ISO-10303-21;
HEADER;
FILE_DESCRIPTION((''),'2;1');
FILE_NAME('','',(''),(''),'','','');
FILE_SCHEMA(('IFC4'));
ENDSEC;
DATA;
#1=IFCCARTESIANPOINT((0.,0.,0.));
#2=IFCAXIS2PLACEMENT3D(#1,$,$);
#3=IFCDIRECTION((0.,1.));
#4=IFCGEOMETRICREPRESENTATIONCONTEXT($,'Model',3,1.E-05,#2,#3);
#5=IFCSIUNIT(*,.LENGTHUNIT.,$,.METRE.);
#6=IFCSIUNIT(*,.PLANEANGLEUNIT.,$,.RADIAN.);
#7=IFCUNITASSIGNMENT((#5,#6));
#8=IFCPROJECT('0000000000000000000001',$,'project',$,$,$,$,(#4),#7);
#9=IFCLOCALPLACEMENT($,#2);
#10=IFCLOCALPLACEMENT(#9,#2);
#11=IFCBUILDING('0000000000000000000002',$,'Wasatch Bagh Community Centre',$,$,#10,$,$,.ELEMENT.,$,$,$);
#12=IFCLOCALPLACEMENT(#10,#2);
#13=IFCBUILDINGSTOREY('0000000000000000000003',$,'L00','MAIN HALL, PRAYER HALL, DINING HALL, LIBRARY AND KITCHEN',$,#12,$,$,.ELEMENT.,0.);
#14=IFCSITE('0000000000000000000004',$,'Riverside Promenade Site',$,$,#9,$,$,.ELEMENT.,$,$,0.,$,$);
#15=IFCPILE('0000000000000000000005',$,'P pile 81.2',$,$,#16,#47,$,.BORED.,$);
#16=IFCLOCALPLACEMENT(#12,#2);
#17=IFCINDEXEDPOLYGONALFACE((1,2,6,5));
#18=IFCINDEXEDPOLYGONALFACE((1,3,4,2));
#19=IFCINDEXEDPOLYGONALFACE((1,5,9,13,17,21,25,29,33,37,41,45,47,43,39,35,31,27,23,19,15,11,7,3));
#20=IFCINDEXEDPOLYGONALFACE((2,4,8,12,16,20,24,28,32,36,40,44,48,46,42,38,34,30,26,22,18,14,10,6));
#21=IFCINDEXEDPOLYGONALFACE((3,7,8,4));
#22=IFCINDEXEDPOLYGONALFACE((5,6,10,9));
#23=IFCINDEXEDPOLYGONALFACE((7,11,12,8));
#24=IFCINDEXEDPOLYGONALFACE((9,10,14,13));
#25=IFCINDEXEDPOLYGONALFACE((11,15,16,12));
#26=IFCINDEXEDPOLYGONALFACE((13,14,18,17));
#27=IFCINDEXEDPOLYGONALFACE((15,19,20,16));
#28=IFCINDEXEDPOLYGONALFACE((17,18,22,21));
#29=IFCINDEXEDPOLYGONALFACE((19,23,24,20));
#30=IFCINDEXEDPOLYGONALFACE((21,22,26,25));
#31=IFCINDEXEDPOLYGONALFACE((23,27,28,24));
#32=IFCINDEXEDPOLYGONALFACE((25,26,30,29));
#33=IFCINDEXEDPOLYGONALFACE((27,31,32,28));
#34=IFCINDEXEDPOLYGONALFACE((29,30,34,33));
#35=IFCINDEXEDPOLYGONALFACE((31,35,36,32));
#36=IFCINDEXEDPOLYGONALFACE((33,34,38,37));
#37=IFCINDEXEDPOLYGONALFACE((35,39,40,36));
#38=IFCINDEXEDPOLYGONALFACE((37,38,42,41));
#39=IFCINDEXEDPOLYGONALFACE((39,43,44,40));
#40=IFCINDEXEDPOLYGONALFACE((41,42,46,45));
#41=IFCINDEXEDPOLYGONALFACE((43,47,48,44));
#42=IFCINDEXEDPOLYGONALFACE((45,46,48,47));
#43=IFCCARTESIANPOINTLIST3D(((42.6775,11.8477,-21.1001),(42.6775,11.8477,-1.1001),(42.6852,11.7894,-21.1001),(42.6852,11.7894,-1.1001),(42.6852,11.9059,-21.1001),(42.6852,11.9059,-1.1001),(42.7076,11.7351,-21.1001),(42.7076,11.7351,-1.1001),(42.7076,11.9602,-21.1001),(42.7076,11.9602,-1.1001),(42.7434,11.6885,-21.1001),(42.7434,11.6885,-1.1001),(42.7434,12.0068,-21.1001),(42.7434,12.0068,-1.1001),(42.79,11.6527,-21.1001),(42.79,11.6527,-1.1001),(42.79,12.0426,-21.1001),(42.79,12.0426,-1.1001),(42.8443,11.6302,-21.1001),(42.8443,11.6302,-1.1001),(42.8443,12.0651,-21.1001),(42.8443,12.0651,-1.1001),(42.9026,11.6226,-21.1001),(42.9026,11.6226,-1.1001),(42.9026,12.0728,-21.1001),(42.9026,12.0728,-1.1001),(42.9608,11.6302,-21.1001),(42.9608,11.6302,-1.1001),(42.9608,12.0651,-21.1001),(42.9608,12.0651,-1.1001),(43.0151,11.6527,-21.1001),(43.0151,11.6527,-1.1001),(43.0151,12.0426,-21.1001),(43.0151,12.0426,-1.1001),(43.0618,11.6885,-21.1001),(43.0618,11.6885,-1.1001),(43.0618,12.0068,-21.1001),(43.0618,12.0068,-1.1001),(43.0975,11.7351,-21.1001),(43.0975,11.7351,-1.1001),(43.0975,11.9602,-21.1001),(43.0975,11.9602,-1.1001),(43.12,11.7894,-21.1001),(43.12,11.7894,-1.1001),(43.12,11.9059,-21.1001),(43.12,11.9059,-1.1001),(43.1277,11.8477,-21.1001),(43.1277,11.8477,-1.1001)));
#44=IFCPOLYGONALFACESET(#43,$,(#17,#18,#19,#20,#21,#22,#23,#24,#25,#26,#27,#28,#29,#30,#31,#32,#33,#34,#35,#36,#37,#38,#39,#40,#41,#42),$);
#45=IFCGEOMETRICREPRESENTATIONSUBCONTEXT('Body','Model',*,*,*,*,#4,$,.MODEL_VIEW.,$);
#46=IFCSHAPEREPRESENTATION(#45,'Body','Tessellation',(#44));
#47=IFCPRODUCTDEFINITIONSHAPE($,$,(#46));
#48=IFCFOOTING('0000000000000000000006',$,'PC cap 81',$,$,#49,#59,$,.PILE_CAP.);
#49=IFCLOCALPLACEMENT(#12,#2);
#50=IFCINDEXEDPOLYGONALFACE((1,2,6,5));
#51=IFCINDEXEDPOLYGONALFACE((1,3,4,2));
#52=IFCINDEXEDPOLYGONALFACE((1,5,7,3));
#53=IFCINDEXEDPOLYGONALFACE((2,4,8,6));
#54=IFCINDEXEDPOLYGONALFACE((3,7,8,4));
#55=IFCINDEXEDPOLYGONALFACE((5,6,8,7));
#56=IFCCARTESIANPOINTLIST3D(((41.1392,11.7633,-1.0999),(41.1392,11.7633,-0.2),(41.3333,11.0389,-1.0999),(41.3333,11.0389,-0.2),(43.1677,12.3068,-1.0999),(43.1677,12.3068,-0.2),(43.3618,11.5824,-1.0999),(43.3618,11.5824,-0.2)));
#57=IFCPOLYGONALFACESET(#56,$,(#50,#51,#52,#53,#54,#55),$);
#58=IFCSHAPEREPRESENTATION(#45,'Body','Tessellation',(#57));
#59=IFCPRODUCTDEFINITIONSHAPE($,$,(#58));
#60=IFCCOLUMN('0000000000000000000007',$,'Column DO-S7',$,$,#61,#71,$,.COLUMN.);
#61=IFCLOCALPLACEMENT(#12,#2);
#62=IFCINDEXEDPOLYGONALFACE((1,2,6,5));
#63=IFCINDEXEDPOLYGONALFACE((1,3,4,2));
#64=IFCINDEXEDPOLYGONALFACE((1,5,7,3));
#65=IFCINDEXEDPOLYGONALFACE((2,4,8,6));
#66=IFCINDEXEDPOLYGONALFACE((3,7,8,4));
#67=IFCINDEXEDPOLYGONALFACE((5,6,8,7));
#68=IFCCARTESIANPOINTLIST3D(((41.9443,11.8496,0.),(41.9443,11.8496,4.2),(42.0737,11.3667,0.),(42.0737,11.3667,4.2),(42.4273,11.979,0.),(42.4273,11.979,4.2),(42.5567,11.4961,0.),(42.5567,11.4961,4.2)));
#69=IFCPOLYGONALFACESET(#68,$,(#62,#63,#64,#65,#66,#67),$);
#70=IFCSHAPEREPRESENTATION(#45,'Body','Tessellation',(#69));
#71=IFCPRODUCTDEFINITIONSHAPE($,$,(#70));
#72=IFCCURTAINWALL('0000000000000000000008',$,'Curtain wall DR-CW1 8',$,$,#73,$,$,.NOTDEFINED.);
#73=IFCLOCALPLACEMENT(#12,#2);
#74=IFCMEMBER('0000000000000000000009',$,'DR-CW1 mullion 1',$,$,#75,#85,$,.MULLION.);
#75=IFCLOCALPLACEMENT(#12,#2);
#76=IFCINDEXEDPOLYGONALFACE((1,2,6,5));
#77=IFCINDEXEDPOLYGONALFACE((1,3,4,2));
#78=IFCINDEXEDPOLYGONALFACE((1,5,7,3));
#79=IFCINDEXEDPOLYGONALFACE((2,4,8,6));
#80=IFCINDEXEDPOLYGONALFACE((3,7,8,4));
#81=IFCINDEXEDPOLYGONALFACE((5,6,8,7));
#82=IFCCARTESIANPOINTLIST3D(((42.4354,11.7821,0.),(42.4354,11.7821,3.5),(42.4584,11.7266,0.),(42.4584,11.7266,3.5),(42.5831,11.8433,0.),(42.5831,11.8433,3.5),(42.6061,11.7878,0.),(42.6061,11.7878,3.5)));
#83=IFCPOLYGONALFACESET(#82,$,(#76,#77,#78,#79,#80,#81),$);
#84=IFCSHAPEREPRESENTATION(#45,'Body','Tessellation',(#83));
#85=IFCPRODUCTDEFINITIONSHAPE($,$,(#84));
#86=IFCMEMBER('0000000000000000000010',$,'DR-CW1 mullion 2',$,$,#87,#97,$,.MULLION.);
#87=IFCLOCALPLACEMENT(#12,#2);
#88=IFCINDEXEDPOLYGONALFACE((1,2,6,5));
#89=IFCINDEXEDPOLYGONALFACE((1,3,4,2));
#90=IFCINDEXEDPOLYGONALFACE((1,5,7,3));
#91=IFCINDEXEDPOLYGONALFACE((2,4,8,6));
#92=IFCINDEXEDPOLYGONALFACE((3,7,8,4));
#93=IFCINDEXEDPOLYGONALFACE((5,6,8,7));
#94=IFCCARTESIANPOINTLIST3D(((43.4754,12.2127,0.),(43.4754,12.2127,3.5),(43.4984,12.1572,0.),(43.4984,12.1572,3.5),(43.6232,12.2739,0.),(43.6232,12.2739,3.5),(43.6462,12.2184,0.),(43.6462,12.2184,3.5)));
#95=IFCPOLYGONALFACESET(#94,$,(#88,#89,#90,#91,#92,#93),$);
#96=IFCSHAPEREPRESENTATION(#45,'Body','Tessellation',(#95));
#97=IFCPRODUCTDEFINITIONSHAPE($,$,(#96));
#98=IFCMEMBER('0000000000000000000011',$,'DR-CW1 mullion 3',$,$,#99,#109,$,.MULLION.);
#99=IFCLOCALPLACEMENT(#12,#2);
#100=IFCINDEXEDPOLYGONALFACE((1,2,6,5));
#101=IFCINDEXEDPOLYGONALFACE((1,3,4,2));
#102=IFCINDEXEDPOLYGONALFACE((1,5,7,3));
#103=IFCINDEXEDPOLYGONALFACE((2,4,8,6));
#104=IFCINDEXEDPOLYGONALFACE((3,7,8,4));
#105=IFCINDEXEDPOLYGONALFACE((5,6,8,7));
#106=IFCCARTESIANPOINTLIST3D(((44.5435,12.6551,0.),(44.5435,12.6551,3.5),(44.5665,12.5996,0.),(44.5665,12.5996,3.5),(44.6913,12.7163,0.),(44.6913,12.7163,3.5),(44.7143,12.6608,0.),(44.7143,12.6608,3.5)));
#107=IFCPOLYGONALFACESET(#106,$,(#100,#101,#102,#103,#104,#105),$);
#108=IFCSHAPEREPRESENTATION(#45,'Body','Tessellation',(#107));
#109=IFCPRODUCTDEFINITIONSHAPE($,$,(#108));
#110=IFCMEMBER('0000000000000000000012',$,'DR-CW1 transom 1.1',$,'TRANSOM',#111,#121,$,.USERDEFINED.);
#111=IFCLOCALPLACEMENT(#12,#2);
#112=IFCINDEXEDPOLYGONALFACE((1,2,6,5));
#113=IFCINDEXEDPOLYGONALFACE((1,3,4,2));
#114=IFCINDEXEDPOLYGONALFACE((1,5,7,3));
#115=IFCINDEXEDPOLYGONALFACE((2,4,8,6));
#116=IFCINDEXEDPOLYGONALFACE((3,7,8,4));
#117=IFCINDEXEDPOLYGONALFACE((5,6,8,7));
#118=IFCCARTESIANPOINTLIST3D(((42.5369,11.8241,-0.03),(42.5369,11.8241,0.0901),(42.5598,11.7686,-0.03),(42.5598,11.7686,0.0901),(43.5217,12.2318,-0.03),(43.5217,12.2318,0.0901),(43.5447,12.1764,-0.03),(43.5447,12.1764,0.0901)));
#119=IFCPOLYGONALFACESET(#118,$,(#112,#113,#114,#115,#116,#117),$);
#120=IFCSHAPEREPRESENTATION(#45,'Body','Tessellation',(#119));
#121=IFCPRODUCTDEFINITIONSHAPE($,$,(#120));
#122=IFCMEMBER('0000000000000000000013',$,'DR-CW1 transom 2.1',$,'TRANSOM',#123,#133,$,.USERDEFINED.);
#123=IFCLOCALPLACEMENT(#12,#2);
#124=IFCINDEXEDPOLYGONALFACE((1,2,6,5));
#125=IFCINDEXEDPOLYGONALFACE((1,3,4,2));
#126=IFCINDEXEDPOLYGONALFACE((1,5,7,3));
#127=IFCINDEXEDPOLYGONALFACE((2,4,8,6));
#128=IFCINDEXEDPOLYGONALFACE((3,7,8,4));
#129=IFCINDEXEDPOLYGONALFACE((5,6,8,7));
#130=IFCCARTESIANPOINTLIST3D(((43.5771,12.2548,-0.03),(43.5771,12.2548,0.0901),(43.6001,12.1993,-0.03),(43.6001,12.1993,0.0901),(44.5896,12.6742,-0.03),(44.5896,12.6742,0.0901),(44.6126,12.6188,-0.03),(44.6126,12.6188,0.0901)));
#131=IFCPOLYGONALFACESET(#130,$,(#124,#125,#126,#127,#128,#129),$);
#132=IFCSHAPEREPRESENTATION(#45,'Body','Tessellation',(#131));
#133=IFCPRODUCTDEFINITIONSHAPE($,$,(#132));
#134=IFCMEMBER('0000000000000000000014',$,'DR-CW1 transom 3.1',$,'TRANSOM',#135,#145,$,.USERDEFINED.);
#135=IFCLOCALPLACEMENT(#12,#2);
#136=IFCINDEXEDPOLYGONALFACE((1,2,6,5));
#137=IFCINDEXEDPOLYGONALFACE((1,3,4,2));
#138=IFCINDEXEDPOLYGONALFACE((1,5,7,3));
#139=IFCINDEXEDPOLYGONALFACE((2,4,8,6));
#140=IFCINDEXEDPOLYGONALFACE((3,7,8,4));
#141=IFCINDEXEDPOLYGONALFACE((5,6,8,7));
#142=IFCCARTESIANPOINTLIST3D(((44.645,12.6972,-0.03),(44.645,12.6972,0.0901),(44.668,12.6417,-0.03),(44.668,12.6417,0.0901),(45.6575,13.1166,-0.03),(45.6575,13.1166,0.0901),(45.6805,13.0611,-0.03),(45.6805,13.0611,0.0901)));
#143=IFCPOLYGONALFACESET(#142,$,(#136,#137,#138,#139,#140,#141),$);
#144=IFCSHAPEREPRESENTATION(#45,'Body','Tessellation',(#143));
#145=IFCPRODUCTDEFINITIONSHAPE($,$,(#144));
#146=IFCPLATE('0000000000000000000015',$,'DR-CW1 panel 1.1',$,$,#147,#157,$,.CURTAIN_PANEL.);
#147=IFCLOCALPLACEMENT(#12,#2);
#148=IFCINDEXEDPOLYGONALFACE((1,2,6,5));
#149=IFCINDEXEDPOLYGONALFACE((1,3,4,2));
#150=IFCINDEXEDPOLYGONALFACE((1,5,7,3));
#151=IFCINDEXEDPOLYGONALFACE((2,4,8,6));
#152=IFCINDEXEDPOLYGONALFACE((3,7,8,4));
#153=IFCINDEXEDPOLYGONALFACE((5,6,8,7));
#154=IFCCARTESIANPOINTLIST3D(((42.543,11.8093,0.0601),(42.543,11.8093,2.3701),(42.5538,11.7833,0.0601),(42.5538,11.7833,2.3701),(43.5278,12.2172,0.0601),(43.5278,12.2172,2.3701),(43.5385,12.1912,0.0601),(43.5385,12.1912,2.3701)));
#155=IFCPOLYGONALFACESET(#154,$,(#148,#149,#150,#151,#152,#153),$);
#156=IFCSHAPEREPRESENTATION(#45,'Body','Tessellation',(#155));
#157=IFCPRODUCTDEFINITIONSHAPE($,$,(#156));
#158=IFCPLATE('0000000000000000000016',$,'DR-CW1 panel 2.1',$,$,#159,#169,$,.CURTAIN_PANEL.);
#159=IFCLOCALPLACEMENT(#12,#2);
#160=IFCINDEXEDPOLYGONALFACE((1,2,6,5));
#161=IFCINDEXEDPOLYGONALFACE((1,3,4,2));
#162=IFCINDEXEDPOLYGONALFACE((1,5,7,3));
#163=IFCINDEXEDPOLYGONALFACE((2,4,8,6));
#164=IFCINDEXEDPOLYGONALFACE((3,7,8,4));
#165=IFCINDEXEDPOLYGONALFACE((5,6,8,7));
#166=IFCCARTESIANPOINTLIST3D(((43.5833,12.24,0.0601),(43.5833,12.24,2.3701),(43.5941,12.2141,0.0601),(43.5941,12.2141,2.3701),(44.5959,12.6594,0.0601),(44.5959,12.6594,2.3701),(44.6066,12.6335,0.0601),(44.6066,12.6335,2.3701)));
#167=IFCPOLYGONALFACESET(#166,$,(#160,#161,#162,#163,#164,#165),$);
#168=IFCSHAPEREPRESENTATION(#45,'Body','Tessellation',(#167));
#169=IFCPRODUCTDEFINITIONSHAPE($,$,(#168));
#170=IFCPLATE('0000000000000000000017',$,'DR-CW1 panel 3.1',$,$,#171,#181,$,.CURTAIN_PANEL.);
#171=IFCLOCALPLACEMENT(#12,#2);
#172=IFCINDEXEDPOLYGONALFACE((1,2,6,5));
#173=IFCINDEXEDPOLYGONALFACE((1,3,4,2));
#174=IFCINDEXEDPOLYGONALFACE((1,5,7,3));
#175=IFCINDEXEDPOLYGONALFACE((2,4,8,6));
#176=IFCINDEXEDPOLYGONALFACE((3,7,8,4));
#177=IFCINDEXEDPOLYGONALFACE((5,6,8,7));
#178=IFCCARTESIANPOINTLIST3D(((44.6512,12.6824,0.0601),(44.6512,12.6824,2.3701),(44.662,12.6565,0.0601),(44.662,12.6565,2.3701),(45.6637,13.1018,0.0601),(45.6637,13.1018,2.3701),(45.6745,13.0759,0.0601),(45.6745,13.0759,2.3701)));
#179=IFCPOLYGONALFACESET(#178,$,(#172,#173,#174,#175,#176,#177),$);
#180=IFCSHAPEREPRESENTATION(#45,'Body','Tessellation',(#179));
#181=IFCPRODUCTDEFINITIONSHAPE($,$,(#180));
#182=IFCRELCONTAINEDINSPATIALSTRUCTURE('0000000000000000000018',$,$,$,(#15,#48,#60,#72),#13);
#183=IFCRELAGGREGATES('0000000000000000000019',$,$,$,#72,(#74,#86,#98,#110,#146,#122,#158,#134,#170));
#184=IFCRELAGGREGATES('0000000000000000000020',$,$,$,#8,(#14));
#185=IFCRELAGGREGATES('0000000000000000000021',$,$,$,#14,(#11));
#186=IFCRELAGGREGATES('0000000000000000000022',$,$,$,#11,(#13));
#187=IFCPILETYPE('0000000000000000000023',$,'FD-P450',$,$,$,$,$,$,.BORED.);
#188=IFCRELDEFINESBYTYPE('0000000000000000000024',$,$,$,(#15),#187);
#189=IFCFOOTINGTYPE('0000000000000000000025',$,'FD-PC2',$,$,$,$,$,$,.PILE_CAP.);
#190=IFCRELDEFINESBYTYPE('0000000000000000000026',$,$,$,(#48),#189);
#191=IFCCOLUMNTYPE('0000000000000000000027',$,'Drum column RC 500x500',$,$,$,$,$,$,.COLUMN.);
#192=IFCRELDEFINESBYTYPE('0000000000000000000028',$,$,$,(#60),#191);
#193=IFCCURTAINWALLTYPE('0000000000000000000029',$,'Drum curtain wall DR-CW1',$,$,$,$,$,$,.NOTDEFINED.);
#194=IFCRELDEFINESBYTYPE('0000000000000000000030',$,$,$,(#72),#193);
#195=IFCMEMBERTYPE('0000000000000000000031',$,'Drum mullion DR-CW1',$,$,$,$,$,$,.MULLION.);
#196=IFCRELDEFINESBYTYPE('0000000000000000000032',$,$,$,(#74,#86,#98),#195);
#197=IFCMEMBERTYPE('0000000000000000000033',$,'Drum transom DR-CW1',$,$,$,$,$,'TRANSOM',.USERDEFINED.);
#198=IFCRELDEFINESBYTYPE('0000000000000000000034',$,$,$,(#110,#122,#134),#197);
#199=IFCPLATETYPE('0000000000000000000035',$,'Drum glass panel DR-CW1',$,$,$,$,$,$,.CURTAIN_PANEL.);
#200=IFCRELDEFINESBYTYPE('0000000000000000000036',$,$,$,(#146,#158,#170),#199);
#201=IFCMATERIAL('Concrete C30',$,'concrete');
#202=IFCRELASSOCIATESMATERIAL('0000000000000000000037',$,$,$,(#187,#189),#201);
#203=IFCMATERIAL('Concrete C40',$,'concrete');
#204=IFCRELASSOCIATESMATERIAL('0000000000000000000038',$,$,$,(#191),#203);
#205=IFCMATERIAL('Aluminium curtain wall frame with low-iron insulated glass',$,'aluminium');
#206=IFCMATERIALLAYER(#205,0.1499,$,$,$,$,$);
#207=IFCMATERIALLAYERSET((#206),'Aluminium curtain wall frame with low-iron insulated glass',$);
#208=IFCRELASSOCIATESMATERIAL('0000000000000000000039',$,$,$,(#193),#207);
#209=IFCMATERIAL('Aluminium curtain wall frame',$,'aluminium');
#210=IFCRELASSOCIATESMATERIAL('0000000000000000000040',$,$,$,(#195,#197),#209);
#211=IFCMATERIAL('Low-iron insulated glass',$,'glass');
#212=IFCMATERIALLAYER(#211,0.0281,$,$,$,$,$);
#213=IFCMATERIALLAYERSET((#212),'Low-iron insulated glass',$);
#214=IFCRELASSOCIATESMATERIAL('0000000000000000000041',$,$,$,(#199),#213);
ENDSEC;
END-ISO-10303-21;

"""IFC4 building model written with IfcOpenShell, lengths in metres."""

from ifc_helpers import new_model, si_unit, direction, frame, origin, origin_2d, place, context, subcontext, project, spatial, rectangle, circle, extrude, material, layer, layer_set, material_profile, profile_set, type_object, element, aggregate, save


model = new_model("IFC4")

# Units and contexts
model_context = context("Model", 3, precision=1e-05, world=origin(), true_north=direction((0.0, 1.0)))
body_context = subcontext(model_context, "Body", "Model", "MODEL_VIEW")
ifc_project = project(units=[si_unit("LENGTHUNIT", "METRE"), si_unit("PLANEANGLEUNIT", "RADIAN")], contexts=[model_context])

# Site, building, storey
site_placement = place(None, origin())
site = spatial("IfcSite", under=ifc_project, at=site_placement, Name="Riverside Promenade Site", CompositionType="ELEMENT", RefElevation=0.0)
building_placement = place(site_placement, origin())
building = spatial("IfcBuilding", under=site, at=building_placement, Name="Wasatch Bagh Community Centre", CompositionType="ELEMENT")
storey_placement = place(building_placement, origin())
storey = spatial("IfcBuildingStorey", under=building, at=storey_placement, Name="L00", Description="MAIN HALL, PRAYER HALL, DINING HALL, LIBRARY AND KITCHEN", CompositionType="ELEMENT", Elevation=0.0)

# Pile
ifc_material_1 = material(Name="Concrete C30", Category="concrete")
ifc_material_profile_1 = material_profile(ifc_material_1, circle(Radius=0.2251, at=origin_2d()), Name="RC D450")
ifc_profile_set_1 = profile_set([ifc_material_profile_1], Name="Concrete C30")
pile_type = type_object("IfcPileType", Name="FD-P450", PredefinedType="BORED", material=ifc_profile_set_1)
pile_placement = place(storey_placement, frame((42.9026, 11.8477, -1.1001), z_axis=(0.0, 0.0, -1.0), x_axis=(1.0, 0.0, 0.0)))
element("IfcPile", 1, at=pile_placement, inside=storey, type_object=pile_type, Name="P pile 81.2", PredefinedType="BORED", context=body_context, shape_type="SweptSolid", body=[
    extrude(circle(Radius=0.2251, at=origin_2d()), origin(), (0.0, 0.0, 1.0), 20.0),
])

# Footing
footing_type = type_object("IfcFootingType", Name="FD-PC2", PredefinedType="PILE_CAP", material=ifc_material_1)
footing_placement = place(storey_placement, frame((42.2505, 11.6729, -1.0999), z_axis=(0.0, 0.0, 1.0), x_axis=(0.965926, 0.258819, 0.0)))
element("IfcFooting", 2, at=footing_placement, inside=storey, type_object=footing_type, Name="PC cap 81", PredefinedType="PILE_CAP", context=body_context, shape_type="SweptSolid", body=[
    extrude(rectangle(XDim=2.1001, YDim=0.75, at=origin_2d()), origin(), (0.0, 0.0, 1.0), 0.8999),
])

# Column
ifc_material_2 = material(Name="Concrete C40", Category="concrete")
ifc_material_profile_2 = material_profile(ifc_material_2, rectangle(XDim=0.5, YDim=0.5, at=origin_2d()), Name="RC 500x500")
ifc_profile_set_2 = profile_set([ifc_material_profile_2], Name="Concrete C40")
column_type = type_object("IfcColumnType", Name="Drum column RC 500x500", PredefinedType="COLUMN", material=ifc_profile_set_2)
column_placement = place(storey_placement, frame((42.2505, 11.6729, 0.0), z_axis=(0.0, 0.0, 1.0), x_axis=(0.965926, 0.258819, 0.0)))
element("IfcColumn", 3, at=column_placement, inside=storey, type_object=column_type, Name="Column DO-S7", PredefinedType="COLUMN", context=body_context, shape_type="SweptSolid", body=[
    extrude(rectangle(XDim=0.5, YDim=0.5, at=origin_2d()), origin(), (0.0, 0.0, 1.0), 4.2),
])

# Curtain wall, members, plates
ifc_material_3 = material(Name="Aluminium curtain wall frame with low-iron insulated glass", Category="aluminium")
ifc_layer_1 = layer(ifc_material_3, 0.1499)
ifc_layer_set_1 = layer_set([ifc_layer_1], Name="Aluminium curtain wall frame with low-iron insulated glass")
curtain_wall_type = type_object("IfcCurtainWallType", Name="Drum curtain wall DR-CW1", PredefinedType="NOTDEFINED", material=ifc_layer_set_1)
curtain_wall_placement = place(storey_placement, origin())
curtain_wall = element("IfcCurtainWall", 4, at=curtain_wall_placement, inside=storey, type_object=curtain_wall_type, Name="Curtain wall DR-CW1 8", PredefinedType="NOTDEFINED")
ifc_material_4 = material(Name="Aluminium curtain wall frame", Category="aluminium")
ifc_material_profile_3 = material_profile(ifc_material_4, rectangle(XDim=0.0601, YDim=0.1599, at=origin_2d()), Name="Drum mullion DR-CW1")
ifc_profile_set_3 = profile_set([ifc_material_profile_3], Name="Aluminium curtain wall frame")
member_type_1 = type_object("IfcMemberType", Name="Drum mullion DR-CW1", PredefinedType="MULLION", material=ifc_profile_set_3)
member_1_placement = place(storey_placement, frame((42.5208, 11.7849, 0.0), z_axis=(0.0, 0.0, 1.0), x_axis=(-0.382683, 0.92388, 0.0)))
member_1 = element("IfcMember", 5, at=member_1_placement, type_object=member_type_1, Name="DR-CW1 mullion 1", PredefinedType="MULLION", context=body_context, shape_type="SweptSolid", body=[
    extrude(rectangle(XDim=0.0601, YDim=0.1599, at=origin_2d()), origin(), (0.0, 0.0, 1.0), 3.5),
])
member_2_placement = place(storey_placement, frame((43.5608, 12.2156, 0.0), z_axis=(0.0, 0.0, 1.0), x_axis=(-0.382683, 0.92388, 0.0)))
member_2 = element("IfcMember", 6, at=member_2_placement, type_object=member_type_1, Name="DR-CW1 mullion 2", PredefinedType="MULLION", context=body_context, shape_type="SweptSolid", body=[
    extrude(rectangle(XDim=0.0601, YDim=0.1599, at=origin_2d()), origin(), (0.0, 0.0, 1.0), 3.5),
])
member_3_placement = place(storey_placement, frame((44.6289, 12.658, 0.0), z_axis=(0.0, 0.0, 1.0), x_axis=(-0.382683, 0.92388, 0.0)))
member_3 = element("IfcMember", 7, at=member_3_placement, type_object=member_type_1, Name="DR-CW1 mullion 3", PredefinedType="MULLION", context=body_context, shape_type="SweptSolid", body=[
    extrude(rectangle(XDim=0.0601, YDim=0.1599, at=origin_2d()), origin(), (0.0, 0.0, 1.0), 3.5),
])
ifc_material_profile_4 = material_profile(ifc_material_4, rectangle(XDim=0.0601, YDim=0.1201, at=origin_2d()), Name="Drum transom DR-CW1")
ifc_profile_set_4 = profile_set([ifc_material_profile_4], Name="Aluminium curtain wall frame")
member_type_2 = type_object("IfcMemberType", Name="Drum transom DR-CW1", ElementType="TRANSOM", PredefinedType="USERDEFINED", material=ifc_profile_set_4)
member_4_placement = place(storey_placement, frame((42.5483, 11.7964, 0.03), z_axis=(0.923955, 0.3825, 0.0), x_axis=(-0.3825, 0.923955, 0.0)))
member_4 = element("IfcMember", 8, at=member_4_placement, type_object=member_type_2, Name="DR-CW1 transom 1.1", ObjectType="TRANSOM", PredefinedType="USERDEFINED", context=body_context, shape_type="SweptSolid", body=[
    extrude(rectangle(XDim=0.0601, YDim=0.1201, at=origin_2d()), origin(), (0.0, 0.0, 1.0), 1.0659),
])
member_5_placement = place(storey_placement, frame((43.5886, 12.2271, 0.03), z_axis=(0.923859, 0.382732, 0.0), x_axis=(-0.382732, 0.923859, 0.0)))
member_5 = element("IfcMember", 9, at=member_5_placement, type_object=member_type_2, Name="DR-CW1 transom 2.1", ObjectType="TRANSOM", PredefinedType="USERDEFINED", context=body_context, shape_type="SweptSolid", body=[
    extrude(rectangle(XDim=0.0601, YDim=0.1201, at=origin_2d()), origin(), (0.0, 0.0, 1.0), 1.0959),
])
member_6_placement = place(storey_placement, frame((44.6565, 12.6694, 0.03), z_axis=(0.923859, 0.382732, 0.0), x_axis=(-0.382732, 0.923859, 0.0)))
member_6 = element("IfcMember", 10, at=member_6_placement, type_object=member_type_2, Name="DR-CW1 transom 3.1", ObjectType="TRANSOM", PredefinedType="USERDEFINED", context=body_context, shape_type="SweptSolid", body=[
    extrude(rectangle(XDim=0.0601, YDim=0.1201, at=origin_2d()), origin(), (0.0, 0.0, 1.0), 1.0959),
])
ifc_material_5 = material(Name="Low-iron insulated glass", Category="glass")
ifc_layer_2 = layer(ifc_material_5, 0.0281)
ifc_layer_set_2 = layer_set([ifc_layer_2], Name="Low-iron insulated glass")
plate_type = type_object("IfcPlateType", Name="Drum glass panel DR-CW1", PredefinedType="CURTAIN_PANEL", material=ifc_layer_set_2)
plate_1_placement = place(storey_placement, frame((43.0408, 12.0002, 0.0601), z_axis=(0.0, 0.0, 1.0), x_axis=(0.92388, 0.382683, 0.0)))
plate_1 = element("IfcPlate", 11, at=plate_1_placement, type_object=plate_type, Name="DR-CW1 panel 1.1", PredefinedType="CURTAIN_PANEL", context=body_context, shape_type="SweptSolid", body=[
    extrude(rectangle(XDim=1.0659, YDim=0.0281, at=origin_2d()), origin(), (0.0, 0.0, 1.0), 2.3101),
])
plate_2_placement = place(storey_placement, frame((44.095, 12.4368, 0.0601), z_axis=(0.0, 0.0, 1.0), x_axis=(0.92388, 0.382683, 0.0)))
plate_2 = element("IfcPlate", 12, at=plate_2_placement, type_object=plate_type, Name="DR-CW1 panel 2.1", PredefinedType="CURTAIN_PANEL", context=body_context, shape_type="SweptSolid", body=[
    extrude(rectangle(XDim=1.0959, YDim=0.0281, at=origin_2d()), origin(), (0.0, 0.0, 1.0), 2.3101),
])
plate_3_placement = place(storey_placement, frame((45.1628, 12.8792, 0.0601), z_axis=(0.0, 0.0, 1.0), x_axis=(0.92388, 0.382683, 0.0)))
plate_3 = element("IfcPlate", 13, at=plate_3_placement, type_object=plate_type, Name="DR-CW1 panel 3.1", PredefinedType="CURTAIN_PANEL", context=body_context, shape_type="SweptSolid", body=[
    extrude(rectangle(XDim=1.0959, YDim=0.0281, at=origin_2d()), origin(), (0.0, 0.0, 1.0), 2.3101),
])
aggregate(curtain_wall, [member_1, member_2, member_3, member_4, plate_1, member_5, plate_2, member_6, plate_3])

save(model, "model.ifc")
